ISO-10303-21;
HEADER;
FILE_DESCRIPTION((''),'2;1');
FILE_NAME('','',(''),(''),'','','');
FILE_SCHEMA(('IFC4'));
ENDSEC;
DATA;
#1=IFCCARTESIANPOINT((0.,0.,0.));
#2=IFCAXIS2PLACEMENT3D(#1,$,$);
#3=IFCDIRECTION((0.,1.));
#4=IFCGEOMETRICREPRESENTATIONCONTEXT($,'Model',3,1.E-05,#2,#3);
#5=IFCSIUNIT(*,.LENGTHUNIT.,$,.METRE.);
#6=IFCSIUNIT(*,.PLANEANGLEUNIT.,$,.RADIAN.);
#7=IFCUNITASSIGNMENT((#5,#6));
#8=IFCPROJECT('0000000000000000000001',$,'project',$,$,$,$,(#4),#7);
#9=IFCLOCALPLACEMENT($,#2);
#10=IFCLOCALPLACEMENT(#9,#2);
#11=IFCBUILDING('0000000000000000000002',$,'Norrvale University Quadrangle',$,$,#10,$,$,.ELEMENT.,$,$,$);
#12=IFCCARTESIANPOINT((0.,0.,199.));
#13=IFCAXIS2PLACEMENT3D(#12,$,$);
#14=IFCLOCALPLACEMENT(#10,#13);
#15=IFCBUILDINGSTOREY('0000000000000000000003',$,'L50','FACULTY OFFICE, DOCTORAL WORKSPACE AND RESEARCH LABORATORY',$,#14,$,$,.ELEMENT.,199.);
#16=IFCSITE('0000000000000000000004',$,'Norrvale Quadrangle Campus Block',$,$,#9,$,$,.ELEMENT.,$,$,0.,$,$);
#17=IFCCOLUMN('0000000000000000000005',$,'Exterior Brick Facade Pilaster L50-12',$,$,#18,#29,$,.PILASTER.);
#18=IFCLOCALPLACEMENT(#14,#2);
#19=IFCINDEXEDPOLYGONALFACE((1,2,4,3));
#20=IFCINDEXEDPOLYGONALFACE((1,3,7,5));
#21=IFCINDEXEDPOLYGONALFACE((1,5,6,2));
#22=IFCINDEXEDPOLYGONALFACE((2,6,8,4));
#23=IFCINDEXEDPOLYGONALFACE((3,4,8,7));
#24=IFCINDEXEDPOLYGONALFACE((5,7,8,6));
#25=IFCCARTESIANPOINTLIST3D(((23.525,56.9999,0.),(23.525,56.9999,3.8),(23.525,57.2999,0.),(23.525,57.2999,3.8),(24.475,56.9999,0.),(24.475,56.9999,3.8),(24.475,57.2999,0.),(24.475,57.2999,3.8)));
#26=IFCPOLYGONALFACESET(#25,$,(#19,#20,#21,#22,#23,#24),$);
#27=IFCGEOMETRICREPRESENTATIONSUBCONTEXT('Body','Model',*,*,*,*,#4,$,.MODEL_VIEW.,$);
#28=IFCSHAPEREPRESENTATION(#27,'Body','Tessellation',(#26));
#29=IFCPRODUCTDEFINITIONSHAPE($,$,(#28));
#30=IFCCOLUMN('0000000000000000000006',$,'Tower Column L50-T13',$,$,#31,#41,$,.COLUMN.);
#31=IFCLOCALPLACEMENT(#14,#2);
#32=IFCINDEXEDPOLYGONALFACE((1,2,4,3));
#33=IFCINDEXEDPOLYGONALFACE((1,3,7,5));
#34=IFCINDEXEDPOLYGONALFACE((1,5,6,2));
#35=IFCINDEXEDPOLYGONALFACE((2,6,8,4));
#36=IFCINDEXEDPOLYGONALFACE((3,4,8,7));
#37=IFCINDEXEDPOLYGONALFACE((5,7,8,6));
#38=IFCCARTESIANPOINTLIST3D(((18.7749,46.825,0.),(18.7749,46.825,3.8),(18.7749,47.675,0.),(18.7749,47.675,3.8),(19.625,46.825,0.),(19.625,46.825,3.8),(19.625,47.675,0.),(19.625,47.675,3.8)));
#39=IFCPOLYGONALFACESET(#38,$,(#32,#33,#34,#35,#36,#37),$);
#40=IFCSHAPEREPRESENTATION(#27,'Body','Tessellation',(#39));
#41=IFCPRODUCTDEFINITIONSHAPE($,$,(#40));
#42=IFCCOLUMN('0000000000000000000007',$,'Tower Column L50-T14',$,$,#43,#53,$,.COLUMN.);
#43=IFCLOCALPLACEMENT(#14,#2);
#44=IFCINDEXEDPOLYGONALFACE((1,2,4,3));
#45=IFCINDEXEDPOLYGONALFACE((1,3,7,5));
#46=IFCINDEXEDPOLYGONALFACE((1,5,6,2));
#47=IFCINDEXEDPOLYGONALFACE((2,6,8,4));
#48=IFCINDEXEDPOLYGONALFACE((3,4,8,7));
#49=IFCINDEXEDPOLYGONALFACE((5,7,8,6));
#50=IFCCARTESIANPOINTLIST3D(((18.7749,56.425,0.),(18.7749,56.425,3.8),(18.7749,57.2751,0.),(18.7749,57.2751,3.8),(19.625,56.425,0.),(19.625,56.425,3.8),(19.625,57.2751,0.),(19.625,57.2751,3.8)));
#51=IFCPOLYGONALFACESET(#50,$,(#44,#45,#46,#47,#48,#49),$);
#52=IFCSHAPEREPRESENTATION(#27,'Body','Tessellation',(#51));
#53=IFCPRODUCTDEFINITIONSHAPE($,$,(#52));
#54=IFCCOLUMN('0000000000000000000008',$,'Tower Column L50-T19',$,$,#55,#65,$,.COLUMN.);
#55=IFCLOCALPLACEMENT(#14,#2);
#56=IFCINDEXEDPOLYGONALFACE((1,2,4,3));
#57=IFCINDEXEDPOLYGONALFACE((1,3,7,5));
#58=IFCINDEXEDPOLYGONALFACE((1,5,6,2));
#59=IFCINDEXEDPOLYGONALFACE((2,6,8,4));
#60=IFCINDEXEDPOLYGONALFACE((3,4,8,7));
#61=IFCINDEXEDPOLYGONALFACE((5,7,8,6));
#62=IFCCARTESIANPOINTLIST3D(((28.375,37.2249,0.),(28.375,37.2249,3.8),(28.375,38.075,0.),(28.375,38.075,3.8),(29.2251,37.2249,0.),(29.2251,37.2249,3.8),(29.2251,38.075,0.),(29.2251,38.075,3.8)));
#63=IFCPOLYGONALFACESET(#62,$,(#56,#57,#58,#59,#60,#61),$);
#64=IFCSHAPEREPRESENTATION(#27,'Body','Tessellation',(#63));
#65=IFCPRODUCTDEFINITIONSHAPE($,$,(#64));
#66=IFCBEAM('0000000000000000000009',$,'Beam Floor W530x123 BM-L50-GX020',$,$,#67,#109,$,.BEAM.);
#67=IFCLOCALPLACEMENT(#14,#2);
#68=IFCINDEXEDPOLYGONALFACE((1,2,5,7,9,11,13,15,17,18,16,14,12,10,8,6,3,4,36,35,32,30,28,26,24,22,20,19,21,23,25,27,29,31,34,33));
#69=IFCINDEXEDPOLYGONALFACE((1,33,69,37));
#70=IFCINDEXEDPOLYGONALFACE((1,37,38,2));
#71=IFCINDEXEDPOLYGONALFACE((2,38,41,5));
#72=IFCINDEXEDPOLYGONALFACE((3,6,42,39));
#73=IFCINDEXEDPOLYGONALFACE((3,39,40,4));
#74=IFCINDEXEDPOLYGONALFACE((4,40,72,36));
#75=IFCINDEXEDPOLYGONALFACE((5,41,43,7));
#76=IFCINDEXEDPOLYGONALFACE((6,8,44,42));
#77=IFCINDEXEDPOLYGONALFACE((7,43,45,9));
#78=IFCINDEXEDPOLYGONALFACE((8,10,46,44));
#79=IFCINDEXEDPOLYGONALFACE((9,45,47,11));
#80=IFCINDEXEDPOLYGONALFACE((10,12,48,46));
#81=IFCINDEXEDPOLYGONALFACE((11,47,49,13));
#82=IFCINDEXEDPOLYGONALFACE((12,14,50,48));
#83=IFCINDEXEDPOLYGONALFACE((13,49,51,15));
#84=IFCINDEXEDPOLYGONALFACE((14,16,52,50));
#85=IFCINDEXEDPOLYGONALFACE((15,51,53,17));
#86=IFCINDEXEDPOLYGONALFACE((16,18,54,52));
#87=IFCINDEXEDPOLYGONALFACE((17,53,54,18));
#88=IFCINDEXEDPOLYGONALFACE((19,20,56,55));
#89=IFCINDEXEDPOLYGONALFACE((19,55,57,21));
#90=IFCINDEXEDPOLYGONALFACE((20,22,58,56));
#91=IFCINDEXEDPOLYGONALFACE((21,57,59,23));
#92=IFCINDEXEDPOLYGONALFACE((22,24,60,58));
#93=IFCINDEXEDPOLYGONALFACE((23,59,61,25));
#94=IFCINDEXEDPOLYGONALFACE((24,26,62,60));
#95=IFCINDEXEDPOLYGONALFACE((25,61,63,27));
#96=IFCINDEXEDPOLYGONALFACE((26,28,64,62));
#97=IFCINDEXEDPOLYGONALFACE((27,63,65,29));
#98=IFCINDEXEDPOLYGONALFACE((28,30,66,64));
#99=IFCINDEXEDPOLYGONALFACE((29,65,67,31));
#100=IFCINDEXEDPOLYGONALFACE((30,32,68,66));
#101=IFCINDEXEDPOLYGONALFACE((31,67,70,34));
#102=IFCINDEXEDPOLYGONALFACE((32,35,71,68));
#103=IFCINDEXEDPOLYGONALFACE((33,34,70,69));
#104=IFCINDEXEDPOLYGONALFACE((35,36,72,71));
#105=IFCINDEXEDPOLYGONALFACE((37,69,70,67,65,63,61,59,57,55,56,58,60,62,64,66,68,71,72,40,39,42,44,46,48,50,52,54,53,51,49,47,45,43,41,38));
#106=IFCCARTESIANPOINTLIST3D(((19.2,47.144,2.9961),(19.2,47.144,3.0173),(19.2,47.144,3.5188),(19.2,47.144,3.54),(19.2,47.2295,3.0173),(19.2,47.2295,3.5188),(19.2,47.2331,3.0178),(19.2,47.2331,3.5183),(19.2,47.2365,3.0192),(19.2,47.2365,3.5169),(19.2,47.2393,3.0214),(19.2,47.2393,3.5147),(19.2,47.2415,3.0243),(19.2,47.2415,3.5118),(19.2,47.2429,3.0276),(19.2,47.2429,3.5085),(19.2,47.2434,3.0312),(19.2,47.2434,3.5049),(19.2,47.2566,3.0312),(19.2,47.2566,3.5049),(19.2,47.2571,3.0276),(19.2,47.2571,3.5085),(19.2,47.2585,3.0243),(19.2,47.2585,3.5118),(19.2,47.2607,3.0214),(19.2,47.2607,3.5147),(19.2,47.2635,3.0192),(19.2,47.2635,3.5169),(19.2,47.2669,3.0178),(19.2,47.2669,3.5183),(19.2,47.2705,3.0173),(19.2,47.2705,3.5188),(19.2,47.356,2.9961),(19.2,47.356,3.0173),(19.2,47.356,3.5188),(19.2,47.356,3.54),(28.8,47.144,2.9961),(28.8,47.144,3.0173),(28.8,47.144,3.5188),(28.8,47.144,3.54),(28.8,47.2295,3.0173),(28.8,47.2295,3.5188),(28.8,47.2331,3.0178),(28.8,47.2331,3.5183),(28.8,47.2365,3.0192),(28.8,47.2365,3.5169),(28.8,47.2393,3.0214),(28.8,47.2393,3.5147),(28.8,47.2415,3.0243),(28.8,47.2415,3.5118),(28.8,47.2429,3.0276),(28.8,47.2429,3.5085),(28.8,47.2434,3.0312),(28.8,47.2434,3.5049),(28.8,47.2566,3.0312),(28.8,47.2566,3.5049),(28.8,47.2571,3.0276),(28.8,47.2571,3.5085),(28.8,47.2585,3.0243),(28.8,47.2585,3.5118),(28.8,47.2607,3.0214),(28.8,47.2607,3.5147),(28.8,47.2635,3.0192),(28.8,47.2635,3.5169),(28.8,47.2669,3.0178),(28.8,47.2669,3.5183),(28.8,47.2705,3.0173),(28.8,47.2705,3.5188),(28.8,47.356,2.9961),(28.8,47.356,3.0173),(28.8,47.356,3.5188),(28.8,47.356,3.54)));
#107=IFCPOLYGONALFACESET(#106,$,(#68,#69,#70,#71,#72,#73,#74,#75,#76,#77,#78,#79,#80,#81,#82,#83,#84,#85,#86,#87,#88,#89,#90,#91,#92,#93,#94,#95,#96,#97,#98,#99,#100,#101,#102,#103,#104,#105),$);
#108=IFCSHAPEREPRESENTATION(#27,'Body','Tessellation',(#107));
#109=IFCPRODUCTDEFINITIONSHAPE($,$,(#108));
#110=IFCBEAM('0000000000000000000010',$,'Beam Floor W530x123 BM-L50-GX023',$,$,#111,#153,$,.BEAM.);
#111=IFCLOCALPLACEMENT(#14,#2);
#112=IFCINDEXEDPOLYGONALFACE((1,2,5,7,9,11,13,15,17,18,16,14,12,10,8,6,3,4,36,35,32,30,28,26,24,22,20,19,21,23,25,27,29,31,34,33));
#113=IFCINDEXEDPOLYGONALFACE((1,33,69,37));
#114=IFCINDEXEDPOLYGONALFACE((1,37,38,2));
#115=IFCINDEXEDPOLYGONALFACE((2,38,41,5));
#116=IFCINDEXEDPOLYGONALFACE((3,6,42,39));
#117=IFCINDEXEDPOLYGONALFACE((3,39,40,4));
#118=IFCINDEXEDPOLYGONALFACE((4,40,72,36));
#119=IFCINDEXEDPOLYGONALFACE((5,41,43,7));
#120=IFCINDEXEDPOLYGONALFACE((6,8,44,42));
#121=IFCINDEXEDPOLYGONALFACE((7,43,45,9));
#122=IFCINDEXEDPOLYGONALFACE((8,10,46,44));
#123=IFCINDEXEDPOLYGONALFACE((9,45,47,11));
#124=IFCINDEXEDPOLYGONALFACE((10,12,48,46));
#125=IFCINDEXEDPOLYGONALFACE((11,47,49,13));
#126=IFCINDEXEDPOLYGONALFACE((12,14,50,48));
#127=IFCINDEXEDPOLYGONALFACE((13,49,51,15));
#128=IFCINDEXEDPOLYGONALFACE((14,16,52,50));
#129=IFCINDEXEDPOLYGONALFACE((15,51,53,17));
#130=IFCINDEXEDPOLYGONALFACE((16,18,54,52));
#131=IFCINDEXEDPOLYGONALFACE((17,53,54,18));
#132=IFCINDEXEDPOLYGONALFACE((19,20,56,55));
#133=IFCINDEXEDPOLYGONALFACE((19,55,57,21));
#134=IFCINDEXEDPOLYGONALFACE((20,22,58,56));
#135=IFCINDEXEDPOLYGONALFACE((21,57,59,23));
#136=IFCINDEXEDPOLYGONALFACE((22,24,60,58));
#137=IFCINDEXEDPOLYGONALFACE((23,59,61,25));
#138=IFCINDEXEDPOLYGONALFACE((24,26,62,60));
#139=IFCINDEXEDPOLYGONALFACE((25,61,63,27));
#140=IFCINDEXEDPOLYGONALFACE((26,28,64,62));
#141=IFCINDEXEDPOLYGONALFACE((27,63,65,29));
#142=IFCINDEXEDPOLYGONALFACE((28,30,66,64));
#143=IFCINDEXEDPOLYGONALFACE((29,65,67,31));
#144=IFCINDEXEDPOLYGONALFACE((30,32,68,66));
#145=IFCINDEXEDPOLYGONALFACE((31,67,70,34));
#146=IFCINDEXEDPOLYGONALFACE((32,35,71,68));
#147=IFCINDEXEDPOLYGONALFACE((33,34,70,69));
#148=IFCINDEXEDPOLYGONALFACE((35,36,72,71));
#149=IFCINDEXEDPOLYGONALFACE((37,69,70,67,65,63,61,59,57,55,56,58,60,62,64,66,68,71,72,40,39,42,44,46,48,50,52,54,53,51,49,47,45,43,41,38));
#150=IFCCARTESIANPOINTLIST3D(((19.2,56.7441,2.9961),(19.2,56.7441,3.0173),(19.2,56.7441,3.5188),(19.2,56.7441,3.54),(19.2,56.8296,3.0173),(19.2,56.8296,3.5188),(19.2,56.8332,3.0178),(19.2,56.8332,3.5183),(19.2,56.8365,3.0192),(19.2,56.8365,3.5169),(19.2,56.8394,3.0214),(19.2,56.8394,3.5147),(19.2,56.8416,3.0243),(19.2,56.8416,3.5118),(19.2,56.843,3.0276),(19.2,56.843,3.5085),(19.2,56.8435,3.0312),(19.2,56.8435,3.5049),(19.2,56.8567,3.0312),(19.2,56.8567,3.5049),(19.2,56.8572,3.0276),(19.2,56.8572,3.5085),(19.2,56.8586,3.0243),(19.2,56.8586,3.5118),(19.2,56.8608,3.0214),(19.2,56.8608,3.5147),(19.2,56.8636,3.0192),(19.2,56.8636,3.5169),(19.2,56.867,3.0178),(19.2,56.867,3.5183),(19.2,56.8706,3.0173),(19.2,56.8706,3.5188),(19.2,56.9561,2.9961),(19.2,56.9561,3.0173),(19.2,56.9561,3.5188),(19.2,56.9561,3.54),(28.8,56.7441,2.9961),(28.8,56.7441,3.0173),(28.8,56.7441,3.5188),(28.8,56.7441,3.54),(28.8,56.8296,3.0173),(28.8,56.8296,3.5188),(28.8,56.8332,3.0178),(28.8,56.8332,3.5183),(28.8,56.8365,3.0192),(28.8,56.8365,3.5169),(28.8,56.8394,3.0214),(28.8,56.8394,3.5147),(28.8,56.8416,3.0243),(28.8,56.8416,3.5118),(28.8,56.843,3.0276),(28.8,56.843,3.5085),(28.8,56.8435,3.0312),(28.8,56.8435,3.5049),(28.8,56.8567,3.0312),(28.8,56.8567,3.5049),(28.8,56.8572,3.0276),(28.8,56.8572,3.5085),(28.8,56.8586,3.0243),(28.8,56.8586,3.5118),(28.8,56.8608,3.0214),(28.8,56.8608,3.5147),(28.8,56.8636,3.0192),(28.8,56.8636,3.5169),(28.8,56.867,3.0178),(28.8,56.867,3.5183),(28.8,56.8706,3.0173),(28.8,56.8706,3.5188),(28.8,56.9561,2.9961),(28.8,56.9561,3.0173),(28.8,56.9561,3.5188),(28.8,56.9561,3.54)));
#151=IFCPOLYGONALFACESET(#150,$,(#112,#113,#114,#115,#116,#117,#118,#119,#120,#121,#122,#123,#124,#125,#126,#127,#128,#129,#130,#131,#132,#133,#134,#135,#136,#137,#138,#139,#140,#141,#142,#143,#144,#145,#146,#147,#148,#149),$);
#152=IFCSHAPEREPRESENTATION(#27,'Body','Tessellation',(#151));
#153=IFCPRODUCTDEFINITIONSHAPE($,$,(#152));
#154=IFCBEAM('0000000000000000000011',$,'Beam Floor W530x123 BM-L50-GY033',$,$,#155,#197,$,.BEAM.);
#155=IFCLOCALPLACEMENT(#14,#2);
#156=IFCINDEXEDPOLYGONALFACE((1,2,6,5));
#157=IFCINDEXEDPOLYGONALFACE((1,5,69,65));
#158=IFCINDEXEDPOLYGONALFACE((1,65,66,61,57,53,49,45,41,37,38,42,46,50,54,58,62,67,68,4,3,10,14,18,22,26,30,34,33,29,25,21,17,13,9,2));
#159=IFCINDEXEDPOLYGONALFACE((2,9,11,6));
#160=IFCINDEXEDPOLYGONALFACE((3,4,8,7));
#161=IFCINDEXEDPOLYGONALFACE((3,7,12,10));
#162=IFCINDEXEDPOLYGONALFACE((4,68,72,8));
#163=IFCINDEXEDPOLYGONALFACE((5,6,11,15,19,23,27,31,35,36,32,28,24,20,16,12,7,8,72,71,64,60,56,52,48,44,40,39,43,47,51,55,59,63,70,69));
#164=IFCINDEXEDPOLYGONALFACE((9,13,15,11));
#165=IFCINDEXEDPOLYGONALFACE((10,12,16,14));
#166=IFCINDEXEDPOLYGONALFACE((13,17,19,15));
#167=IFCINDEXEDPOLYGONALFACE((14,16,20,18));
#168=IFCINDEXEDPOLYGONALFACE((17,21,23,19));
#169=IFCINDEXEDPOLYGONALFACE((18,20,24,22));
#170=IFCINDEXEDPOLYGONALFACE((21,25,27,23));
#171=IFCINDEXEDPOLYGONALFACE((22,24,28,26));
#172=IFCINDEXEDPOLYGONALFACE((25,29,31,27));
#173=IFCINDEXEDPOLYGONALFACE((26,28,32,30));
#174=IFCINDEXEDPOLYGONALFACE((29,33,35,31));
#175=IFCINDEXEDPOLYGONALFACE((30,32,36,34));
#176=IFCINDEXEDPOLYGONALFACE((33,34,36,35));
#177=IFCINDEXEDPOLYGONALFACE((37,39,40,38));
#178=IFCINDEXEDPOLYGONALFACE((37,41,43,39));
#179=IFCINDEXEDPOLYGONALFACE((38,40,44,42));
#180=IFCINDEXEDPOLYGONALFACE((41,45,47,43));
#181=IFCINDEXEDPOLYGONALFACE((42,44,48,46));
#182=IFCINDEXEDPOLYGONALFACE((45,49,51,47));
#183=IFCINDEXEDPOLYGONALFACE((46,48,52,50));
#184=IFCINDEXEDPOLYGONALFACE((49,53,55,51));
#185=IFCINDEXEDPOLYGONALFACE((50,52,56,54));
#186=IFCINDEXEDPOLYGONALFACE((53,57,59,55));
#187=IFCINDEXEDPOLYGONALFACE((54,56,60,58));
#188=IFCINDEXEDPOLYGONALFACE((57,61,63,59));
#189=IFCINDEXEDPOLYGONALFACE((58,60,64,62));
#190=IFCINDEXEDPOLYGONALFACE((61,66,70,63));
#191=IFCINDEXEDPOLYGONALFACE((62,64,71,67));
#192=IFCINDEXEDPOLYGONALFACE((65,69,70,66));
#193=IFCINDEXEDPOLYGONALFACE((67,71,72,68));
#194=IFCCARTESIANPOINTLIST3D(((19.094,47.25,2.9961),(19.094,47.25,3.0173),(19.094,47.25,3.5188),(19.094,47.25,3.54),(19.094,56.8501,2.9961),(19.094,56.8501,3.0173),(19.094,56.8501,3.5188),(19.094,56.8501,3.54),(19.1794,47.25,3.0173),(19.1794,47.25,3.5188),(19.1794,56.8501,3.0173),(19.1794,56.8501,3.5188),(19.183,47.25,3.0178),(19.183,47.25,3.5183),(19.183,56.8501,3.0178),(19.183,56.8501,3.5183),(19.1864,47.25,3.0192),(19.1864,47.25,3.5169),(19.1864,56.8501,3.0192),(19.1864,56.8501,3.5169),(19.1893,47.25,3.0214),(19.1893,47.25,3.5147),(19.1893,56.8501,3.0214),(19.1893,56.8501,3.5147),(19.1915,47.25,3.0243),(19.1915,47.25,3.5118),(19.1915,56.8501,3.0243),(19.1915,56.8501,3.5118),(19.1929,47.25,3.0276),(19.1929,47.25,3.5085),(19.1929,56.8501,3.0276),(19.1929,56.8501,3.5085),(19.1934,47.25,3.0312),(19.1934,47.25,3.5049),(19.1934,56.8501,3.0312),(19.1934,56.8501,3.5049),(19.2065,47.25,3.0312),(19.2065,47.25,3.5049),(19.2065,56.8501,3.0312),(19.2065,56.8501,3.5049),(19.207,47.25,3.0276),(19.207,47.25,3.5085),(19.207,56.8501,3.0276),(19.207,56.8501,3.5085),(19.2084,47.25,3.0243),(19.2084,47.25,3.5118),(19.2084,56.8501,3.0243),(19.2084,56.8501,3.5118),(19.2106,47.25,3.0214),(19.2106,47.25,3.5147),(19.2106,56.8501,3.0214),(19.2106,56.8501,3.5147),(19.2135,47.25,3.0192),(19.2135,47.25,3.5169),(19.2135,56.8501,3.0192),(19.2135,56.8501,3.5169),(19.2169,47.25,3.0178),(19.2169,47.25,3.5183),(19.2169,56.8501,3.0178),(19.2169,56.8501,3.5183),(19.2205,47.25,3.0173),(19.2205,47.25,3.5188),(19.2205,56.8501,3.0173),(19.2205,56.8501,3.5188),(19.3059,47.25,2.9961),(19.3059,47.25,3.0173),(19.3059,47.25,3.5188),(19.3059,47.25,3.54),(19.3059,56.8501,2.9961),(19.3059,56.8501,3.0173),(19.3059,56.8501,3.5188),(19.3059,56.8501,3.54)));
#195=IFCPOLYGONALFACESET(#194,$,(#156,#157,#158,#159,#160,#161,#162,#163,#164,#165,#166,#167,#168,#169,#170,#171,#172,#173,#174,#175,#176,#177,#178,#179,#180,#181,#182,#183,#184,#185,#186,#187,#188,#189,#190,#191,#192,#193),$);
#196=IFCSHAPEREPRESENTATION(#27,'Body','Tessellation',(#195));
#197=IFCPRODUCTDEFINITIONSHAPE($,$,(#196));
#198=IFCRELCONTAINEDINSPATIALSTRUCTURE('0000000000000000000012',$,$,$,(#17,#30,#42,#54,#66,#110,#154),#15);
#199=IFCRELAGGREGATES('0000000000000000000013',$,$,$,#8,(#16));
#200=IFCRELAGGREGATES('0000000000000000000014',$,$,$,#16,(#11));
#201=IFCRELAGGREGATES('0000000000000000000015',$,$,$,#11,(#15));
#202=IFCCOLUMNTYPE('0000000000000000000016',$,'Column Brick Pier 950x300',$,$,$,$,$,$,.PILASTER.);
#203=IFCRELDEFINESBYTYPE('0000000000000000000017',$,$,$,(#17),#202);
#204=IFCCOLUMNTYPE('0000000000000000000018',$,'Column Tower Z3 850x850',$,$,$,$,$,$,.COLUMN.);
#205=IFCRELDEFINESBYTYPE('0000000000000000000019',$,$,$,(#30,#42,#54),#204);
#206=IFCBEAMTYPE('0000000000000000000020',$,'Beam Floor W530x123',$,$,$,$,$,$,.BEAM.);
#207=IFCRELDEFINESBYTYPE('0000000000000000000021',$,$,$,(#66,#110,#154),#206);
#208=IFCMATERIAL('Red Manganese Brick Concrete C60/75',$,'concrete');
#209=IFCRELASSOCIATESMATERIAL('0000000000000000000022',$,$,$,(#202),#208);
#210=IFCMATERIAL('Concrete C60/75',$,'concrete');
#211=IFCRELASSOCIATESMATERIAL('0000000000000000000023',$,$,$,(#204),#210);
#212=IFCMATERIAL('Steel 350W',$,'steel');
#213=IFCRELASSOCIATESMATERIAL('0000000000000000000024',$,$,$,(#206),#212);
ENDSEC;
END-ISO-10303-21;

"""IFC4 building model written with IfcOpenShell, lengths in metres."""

from ifc_helpers import new_model, si_unit, direction, frame, origin, origin_2d, place, context, subcontext, project, spatial, rectangle, i_section, extrude, material, material_profile, profile_set, type_object, element, save


model = new_model("IFC4")

# Units and contexts
model_context = context("Model", 3, precision=1e-05, world=origin(), true_north=direction((0.0, 1.0)))
body_context = subcontext(model_context, "Body", "Model", "MODEL_VIEW")
ifc_project = project(units=[si_unit("LENGTHUNIT", "METRE"), si_unit("PLANEANGLEUNIT", "RADIAN")], contexts=[model_context])

# Site, building, storey
site_placement = place(None, origin())
site = spatial("IfcSite", under=ifc_project, at=site_placement, Name="Norrvale Quadrangle Campus Block", CompositionType="ELEMENT", RefElevation=0.0)
building_placement = place(site_placement, origin())
building = spatial("IfcBuilding", under=site, at=building_placement, Name="Norrvale University Quadrangle", CompositionType="ELEMENT")
storey_placement = place(building_placement, frame((0.0, 0.0, 199.0)))
storey = spatial("IfcBuildingStorey", under=building, at=storey_placement, Name="L50", Description="FACULTY OFFICE, DOCTORAL WORKSPACE AND RESEARCH LABORATORY", CompositionType="ELEMENT", Elevation=199.0)

# Columns
ifc_material_1 = material(Name="Red Manganese Brick Concrete C60/75", Category="concrete")
ifc_material_profile_1 = material_profile(ifc_material_1, rectangle(XDim=0.95, YDim=0.3, at=origin_2d()), Name="Red Manganese Brick Concrete C60/75")
ifc_profile_set_1 = profile_set([ifc_material_profile_1], Name="Red Manganese Brick Concrete C60/75")
column_type_1 = type_object("IfcColumnType", Name="Column Brick Pier 950x300", PredefinedType="PILASTER", material=ifc_profile_set_1)
column_placement = place(storey_placement, frame((24.0, 57.1499, 0.0), z_axis=(0.0, 0.0, 1.0), x_axis=(1.0, 0.0, 0.0)))
element("IfcColumn", 1, at=column_placement, inside=storey, type_object=column_type_1, Name="Exterior Brick Facade Pilaster L50-12", PredefinedType="PILASTER", context=body_context, shape_type="SweptSolid", body=[
    extrude(rectangle(XDim=0.95, YDim=0.3, at=origin_2d()), origin(), (0.0, 0.0, 1.0), 3.8),
])
ifc_material_2 = material(Name="Concrete C60/75", Category="concrete")
ifc_material_profile_2 = material_profile(ifc_material_2, rectangle(XDim=0.8501, YDim=0.8501, at=origin_2d()), Name="Concrete C60/75")
ifc_profile_set_2 = profile_set([ifc_material_profile_2], Name="Concrete C60/75")
column_type_2 = type_object("IfcColumnType", Name="Column Tower Z3 850x850", PredefinedType="COLUMN", material=ifc_profile_set_2)
for number, where, z_axis, x_axis, name in (
    (2, (19.2, 47.25, 0.0), (0.0, 0.0, 1.0), (1.0, 0.0, 0.0), "Tower Column L50-T13"),
    (3, (19.2, 56.8501, 0.0), (0.0, 0.0, 1.0), (1.0, 0.0, 0.0), "Tower Column L50-T14"),
    (4, (28.8, 37.6499, 0.0), (0.0, 0.0, 1.0), (1.0, 0.0, 0.0), "Tower Column L50-T19"),
):
    element("IfcColumn", number, at=place(storey_placement, frame(where, z_axis=z_axis, x_axis=x_axis)), inside=storey, type_object=column_type_2, Name=name, PredefinedType="COLUMN", context=body_context, shape_type="SweptSolid", body=[
        extrude(rectangle(XDim=0.8501, YDim=0.8501, at=origin_2d()), origin(), (0.0, 0.0, 1.0), 3.8),
    ])

# Beams
ifc_material_3 = material(Name="Steel 350W", Category="steel")
ifc_material_profile_3 = material_profile(ifc_material_3, i_section(OverallWidth=0.2119, OverallDepth=0.5439, WebThickness=0.0132, FlangeThickness=0.0212, FilletRadius=0.0139, at=origin_2d()), Name="Steel 350W")
ifc_profile_set_3 = profile_set([ifc_material_profile_3], Name="Steel 350W")
beam_type_1 = type_object("IfcBeamType", Name="Beam Floor W530x123", PredefinedType="BEAM", material=ifc_profile_set_3)
for number, where, z_axis, x_axis, name in (
    (5, (19.2, 47.25, 3.2681), (1.0, 0.0, 0.0), (0.0, 1.0, 0.0), "Beam Floor W530x123 BM-L50-GX020"),
    (6, (19.2, 56.8501, 3.2681), (1.0, 0.0, 0.0), (0.0, 1.0, 0.0), "Beam Floor W530x123 BM-L50-GX023"),
    (7, (19.2, 47.25, 3.2681), (0.0, 1.0, 0.0), (-1.0, 0.0, 0.0), "Beam Floor W530x123 BM-L50-GY033"),
):
    element("IfcBeam", number, at=place(storey_placement, frame(where, z_axis=z_axis, x_axis=x_axis)), inside=storey, type_object=beam_type_1, Name=name, PredefinedType="BEAM", context=body_context, shape_type="SweptSolid", body=[
        extrude(i_section(OverallWidth=0.2119, OverallDepth=0.5439, WebThickness=0.0132, FlangeThickness=0.0212, FilletRadius=0.0139, at=origin_2d()), origin(), (0.0, 0.0, 1.0), 9.6001),
    ])

save(model, "model.ifc")
